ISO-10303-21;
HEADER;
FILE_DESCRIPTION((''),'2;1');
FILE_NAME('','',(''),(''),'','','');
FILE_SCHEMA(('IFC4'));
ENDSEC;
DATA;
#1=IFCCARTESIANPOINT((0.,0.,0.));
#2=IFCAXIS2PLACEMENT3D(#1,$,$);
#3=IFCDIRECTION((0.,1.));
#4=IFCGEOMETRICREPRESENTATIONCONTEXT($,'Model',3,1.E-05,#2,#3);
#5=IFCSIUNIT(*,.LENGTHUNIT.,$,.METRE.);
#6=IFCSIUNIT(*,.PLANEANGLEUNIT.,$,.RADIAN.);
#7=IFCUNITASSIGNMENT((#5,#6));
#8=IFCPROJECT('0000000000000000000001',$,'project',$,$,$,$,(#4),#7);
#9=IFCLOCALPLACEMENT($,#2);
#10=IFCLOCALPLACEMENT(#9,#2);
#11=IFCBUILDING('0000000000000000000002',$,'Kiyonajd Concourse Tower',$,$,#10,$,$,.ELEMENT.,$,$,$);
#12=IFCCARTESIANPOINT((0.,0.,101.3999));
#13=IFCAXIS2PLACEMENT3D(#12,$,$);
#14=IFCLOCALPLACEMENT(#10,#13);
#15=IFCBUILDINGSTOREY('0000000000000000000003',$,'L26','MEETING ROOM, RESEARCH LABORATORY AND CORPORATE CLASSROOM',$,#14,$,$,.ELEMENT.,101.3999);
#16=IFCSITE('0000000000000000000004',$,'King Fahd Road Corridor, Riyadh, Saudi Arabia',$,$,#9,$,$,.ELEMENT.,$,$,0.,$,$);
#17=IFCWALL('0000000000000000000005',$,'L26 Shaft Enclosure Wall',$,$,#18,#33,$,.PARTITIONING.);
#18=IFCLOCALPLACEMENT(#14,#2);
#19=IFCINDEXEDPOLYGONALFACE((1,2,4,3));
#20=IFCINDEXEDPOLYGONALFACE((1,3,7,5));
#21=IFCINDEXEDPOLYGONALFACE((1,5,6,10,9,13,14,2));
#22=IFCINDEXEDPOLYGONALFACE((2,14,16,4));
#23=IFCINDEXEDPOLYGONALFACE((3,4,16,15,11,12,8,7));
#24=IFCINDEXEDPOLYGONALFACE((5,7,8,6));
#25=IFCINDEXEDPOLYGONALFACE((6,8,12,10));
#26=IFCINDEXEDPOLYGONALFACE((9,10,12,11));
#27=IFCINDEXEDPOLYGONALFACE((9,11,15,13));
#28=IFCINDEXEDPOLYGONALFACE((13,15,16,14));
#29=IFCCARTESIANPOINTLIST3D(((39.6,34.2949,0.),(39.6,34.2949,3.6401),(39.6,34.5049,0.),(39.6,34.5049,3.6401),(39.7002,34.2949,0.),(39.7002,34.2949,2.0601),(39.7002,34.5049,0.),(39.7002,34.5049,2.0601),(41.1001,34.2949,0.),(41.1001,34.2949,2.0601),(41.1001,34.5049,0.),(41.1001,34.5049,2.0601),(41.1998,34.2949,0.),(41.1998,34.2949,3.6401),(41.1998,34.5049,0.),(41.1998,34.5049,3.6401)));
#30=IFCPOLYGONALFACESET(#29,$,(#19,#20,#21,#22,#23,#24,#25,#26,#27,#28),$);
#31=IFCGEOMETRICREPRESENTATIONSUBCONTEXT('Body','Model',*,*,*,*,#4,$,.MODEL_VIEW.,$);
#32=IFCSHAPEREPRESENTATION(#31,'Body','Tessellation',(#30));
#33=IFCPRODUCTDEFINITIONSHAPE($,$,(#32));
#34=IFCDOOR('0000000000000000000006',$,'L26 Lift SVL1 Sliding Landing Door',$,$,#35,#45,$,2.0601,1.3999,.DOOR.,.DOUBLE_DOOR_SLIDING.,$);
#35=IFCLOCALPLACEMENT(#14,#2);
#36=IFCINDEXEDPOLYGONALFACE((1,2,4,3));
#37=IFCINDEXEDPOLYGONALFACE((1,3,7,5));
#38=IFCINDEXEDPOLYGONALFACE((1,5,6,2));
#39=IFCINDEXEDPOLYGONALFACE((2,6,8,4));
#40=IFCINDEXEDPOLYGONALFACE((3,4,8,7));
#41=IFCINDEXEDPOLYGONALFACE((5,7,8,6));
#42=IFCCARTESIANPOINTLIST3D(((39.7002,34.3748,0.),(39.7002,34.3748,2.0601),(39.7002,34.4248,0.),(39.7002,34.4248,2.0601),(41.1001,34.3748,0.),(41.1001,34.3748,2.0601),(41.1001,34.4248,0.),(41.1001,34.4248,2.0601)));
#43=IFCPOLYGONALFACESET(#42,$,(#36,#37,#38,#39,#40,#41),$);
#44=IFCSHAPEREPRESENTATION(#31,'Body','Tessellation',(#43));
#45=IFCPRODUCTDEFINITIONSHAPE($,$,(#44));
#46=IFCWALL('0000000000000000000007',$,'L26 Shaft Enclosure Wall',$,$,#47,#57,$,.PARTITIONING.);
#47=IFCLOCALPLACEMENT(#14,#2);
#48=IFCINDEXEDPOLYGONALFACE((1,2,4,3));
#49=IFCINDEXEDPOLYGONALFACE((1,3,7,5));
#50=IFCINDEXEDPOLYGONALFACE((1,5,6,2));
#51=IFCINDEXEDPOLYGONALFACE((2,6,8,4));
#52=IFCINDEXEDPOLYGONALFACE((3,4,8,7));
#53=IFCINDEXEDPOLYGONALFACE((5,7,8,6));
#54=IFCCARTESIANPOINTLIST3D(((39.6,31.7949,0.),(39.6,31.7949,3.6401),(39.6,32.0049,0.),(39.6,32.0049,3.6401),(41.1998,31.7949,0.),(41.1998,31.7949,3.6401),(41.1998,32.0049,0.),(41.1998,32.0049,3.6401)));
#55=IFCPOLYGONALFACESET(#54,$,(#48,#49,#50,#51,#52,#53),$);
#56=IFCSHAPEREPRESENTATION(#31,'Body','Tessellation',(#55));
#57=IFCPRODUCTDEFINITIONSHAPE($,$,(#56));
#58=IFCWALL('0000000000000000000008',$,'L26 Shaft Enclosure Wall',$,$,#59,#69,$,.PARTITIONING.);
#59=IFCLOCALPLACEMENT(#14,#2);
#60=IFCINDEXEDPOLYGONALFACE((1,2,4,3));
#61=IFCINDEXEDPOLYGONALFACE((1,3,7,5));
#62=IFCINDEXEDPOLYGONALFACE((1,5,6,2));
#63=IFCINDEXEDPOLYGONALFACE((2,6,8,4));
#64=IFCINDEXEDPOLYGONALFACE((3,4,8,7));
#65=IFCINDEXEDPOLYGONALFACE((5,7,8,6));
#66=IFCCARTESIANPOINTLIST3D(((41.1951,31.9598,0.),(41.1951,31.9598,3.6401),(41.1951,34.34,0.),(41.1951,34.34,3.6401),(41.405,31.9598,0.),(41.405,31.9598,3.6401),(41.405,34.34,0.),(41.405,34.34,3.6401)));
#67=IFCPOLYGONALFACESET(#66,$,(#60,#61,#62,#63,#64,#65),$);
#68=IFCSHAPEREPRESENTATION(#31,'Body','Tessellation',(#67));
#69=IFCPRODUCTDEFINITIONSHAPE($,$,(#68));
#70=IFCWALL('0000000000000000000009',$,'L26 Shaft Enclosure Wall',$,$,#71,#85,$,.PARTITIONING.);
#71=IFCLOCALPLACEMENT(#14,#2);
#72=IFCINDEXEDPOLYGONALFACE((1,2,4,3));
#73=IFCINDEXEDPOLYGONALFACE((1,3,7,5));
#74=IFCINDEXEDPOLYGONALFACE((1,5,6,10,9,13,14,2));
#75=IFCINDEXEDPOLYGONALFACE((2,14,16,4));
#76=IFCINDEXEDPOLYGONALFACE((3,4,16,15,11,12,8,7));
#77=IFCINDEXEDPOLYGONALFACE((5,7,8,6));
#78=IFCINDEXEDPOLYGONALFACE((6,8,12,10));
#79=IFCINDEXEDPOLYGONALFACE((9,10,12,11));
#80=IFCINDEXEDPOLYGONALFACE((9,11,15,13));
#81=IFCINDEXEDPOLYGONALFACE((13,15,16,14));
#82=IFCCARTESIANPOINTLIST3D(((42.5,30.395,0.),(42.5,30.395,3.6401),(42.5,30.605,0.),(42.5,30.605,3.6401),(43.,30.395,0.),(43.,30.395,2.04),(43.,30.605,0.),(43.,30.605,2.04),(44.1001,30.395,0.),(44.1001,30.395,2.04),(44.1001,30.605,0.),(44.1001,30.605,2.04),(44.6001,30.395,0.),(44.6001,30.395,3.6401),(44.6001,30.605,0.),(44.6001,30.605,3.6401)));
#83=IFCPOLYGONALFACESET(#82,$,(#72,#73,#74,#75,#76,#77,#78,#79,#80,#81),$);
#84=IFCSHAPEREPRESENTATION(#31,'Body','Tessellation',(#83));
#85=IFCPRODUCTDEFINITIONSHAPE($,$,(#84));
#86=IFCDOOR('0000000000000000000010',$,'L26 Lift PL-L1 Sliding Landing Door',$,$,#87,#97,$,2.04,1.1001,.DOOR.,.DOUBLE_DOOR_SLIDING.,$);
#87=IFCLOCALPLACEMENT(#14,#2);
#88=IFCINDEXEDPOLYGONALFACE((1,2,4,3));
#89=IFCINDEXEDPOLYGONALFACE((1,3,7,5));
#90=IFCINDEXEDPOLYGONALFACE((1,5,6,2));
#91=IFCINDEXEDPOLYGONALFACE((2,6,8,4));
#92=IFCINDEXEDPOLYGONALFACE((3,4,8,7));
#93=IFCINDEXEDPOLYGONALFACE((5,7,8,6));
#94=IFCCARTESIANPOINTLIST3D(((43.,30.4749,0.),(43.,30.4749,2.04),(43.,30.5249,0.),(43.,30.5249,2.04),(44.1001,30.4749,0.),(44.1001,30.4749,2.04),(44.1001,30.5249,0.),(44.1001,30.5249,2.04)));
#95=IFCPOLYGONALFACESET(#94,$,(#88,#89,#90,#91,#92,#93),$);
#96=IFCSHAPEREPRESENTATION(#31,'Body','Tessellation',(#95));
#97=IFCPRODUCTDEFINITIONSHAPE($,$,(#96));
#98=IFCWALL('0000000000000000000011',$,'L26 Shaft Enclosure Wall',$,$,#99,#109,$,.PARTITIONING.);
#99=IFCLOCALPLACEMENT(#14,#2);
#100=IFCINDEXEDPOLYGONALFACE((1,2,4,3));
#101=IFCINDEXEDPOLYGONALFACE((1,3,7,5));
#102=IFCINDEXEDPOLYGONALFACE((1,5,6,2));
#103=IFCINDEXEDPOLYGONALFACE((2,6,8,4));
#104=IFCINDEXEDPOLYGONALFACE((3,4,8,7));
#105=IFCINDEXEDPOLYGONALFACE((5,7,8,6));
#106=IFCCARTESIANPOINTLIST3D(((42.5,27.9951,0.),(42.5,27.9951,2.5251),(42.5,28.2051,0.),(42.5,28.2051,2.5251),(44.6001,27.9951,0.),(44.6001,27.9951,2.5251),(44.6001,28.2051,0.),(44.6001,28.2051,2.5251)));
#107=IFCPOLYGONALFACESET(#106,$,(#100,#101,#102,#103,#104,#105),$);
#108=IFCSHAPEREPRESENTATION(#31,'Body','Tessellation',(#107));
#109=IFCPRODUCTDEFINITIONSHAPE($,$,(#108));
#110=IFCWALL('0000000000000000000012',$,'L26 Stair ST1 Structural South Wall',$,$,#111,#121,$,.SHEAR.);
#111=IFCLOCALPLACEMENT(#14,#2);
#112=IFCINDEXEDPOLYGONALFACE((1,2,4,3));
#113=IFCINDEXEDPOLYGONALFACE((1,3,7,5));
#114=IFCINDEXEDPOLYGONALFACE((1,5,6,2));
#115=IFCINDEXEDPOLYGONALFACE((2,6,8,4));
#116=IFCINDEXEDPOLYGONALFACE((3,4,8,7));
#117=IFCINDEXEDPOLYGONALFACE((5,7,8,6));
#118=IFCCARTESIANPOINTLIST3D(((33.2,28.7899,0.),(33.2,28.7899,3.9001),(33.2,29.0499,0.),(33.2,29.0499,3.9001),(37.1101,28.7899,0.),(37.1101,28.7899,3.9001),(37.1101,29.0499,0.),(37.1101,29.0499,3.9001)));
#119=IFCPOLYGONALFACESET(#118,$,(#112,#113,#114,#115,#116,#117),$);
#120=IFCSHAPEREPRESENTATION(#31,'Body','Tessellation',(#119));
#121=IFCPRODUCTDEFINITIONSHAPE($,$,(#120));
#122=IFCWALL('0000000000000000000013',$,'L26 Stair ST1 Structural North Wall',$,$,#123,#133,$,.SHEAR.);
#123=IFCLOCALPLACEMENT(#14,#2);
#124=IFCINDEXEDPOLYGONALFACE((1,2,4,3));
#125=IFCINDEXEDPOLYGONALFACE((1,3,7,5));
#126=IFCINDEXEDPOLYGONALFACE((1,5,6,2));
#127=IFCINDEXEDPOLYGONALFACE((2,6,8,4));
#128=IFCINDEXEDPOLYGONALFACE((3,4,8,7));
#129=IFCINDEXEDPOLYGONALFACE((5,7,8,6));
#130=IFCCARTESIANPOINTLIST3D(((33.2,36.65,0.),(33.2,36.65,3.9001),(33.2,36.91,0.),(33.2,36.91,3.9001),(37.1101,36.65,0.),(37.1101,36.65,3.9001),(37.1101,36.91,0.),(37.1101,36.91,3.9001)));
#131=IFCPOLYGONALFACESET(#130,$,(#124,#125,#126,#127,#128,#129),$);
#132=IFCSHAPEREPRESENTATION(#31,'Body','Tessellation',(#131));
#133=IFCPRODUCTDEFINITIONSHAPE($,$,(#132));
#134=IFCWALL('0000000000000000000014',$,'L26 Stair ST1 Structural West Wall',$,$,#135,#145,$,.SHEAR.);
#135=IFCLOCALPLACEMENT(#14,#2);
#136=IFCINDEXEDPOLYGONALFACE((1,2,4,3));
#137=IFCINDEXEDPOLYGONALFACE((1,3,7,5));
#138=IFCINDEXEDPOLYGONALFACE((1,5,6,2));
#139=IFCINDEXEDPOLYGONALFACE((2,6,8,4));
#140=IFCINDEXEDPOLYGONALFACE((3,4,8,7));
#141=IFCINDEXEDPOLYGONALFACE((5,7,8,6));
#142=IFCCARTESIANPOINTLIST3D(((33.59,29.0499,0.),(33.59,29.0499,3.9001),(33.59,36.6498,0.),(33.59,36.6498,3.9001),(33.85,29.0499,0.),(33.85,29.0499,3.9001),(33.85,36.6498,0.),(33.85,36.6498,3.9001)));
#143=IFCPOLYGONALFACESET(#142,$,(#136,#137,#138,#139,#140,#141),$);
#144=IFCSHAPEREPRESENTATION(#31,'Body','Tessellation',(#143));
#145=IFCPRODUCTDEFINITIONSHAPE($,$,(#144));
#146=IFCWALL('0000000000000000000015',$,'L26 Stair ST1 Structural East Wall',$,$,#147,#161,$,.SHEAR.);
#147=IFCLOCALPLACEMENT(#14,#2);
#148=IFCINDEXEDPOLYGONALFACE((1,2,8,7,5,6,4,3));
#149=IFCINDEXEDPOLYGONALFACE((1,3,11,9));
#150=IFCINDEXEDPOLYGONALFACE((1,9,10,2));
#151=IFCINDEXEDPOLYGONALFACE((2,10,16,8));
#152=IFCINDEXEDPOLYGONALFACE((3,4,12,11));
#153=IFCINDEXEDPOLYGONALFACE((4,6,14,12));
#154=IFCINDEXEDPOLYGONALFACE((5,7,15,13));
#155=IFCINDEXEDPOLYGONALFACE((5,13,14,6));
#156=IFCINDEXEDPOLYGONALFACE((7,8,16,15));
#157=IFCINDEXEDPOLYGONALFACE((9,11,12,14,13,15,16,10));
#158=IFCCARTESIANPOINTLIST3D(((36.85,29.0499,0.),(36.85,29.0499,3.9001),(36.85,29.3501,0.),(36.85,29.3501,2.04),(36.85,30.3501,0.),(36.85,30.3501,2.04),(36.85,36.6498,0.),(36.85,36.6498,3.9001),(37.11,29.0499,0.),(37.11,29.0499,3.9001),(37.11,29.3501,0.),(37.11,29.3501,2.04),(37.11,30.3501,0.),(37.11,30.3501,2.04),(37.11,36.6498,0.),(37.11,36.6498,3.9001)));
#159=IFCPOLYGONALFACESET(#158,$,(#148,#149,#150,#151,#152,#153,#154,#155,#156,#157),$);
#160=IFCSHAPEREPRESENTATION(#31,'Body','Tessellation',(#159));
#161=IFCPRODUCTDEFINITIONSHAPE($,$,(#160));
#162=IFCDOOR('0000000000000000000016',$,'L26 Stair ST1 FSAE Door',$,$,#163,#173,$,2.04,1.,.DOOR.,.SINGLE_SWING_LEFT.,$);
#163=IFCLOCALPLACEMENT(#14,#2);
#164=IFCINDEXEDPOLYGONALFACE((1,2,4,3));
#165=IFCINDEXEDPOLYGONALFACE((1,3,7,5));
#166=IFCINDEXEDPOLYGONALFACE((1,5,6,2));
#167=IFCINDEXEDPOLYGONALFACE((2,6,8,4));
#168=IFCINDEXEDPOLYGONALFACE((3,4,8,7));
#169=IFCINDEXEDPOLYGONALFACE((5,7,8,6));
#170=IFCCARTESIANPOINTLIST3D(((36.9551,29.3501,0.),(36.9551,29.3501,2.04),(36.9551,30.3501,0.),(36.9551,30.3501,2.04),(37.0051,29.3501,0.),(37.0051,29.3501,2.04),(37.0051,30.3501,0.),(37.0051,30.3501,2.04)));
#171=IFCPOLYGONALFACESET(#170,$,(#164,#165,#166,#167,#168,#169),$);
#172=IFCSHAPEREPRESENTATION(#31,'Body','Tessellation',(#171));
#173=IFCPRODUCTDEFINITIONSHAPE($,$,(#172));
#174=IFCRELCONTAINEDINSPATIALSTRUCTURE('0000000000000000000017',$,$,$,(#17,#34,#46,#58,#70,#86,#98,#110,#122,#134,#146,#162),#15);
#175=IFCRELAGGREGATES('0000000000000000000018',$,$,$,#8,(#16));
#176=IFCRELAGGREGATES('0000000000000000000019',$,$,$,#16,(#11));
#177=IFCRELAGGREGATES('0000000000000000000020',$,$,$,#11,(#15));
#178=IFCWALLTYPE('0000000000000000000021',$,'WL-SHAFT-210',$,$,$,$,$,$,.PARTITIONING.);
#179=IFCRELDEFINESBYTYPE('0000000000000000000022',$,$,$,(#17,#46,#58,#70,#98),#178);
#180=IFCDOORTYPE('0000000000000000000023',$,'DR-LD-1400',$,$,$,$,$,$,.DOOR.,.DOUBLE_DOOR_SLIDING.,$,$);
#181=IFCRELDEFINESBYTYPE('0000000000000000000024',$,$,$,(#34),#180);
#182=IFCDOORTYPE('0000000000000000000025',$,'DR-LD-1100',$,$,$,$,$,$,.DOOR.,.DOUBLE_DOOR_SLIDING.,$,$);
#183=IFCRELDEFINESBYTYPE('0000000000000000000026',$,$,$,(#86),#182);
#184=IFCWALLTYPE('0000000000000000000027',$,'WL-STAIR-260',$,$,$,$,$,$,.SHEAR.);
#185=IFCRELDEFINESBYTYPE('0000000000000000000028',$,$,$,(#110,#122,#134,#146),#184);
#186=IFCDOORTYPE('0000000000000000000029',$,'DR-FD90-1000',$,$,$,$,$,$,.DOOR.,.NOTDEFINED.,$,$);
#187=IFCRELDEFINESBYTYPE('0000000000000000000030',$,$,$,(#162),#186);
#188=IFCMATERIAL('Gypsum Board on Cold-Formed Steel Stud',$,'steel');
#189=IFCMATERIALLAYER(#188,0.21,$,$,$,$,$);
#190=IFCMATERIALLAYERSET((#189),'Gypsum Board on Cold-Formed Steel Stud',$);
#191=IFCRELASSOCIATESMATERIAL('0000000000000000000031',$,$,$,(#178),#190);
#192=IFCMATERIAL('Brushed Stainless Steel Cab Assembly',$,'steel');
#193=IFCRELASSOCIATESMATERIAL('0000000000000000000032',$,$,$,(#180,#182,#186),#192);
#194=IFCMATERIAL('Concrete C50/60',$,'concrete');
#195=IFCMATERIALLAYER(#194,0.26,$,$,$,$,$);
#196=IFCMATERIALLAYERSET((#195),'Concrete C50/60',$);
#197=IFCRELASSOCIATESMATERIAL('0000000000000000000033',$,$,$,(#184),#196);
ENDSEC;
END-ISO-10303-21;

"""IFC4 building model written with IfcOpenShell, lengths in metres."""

from ifc_helpers import new_model, si_unit, direction, frame, frame_2d, origin, place, context, subcontext, project, spatial, rectangle, extrude, material, layer, layer_set, type_object, element, fill, save


model = new_model("IFC4")

# Units and contexts
model_context = context("Model", 3, precision=1e-05, world=origin(), true_north=direction((0.0, 1.0)))
body_context = subcontext(model_context, "Body", "Model", "MODEL_VIEW")
ifc_project = project(units=[si_unit("LENGTHUNIT", "METRE"), si_unit("PLANEANGLEUNIT", "RADIAN")], contexts=[model_context])

# Site, building, storey
site_placement = place(None, origin())
site = spatial("IfcSite", under=ifc_project, at=site_placement, Name="King Fahd Road Corridor, Riyadh, Saudi Arabia", CompositionType="ELEMENT", RefElevation=0.0)
building_placement = place(site_placement, origin())
building = spatial("IfcBuilding", under=site, at=building_placement, Name="Kiyonajd Concourse Tower", CompositionType="ELEMENT")
storey_placement = place(building_placement, frame((0.0, 0.0, 101.3999)))
storey = spatial("IfcBuildingStorey", under=building, at=storey_placement, Name="L26", Description="MEETING ROOM, RESEARCH LABORATORY AND CORPORATE CLASSROOM", CompositionType="ELEMENT", Elevation=101.3999)

# Shared definitions
ifc_material_1 = material(Name="Concrete C50/60", Category="concrete")

# Shared definitions
ifc_material_2 = material(Name="Brushed Stainless Steel Cab Assembly", Category="steel")
ifc_material_3 = material(Name="Gypsum Board on Cold-Formed Steel Stud", Category="steel")
ifc_layer_1 = layer(ifc_material_3, 0.21)
ifc_layer_set_1 = layer_set([ifc_layer_1], Name="Gypsum Board on Cold-Formed Steel Stud")
wall_type_1 = type_object("IfcWallType", Name="WL-SHAFT-210", PredefinedType="PARTITIONING", material=ifc_layer_set_1)

# Wall, opening, door
wall_1_placement = place(storey_placement, frame((39.6001, 34.3999, 0.0), z_axis=(0.0, 0.0, 1.0), x_axis=(1.0, 0.0, 0.0)))
wall_1 = element("IfcWall", 1, at=wall_1_placement, inside=storey, type_object=wall_type_1, Name="L26 Shaft Enclosure Wall", PredefinedType="PARTITIONING", context=body_context, shape_type="SweptSolid", body=[
    extrude(rectangle(XDim=1.5999, YDim=0.21, at=frame_2d((0.7998, 0.0))), origin(), (0.0, 0.0, 1.0), 3.6401),
])
opening_1_placement = place(wall_1_placement, frame((0.1001, 0.0, 0.0)))
opening_1 = element("IfcOpeningElement", 2, at=opening_1_placement, cuts=wall_1, PredefinedType="OPENING", context=body_context, shape_type="SweptSolid", body=[
    extrude(rectangle(XDim=1.3999, YDim=2.0601, at=frame_2d((0.7, 1.03))), frame((0.0, 0.115, 0.0), z_axis=(0.0, -1.0, 0.0), x_axis=(1.0, 0.0, 0.0)), (0.0, 0.0, 1.0), 0.23),
])
door_type_1 = type_object("IfcDoorType", Name="DR-LD-1400", OperationType="DOUBLE_DOOR_SLIDING", PredefinedType="DOOR", material=ifc_material_2)
door_1_placement = place(opening_1_placement, origin())
door_1 = element("IfcDoor", 3, at=door_1_placement, inside=storey, type_object=door_type_1, Name="L26 Lift SVL1 Sliding Landing Door", OperationType="DOUBLE_DOOR_SLIDING", OverallHeight=2.0601, OverallWidth=1.3999, PredefinedType="DOOR", context=body_context, shape_type="SweptSolid", body=[
    extrude(rectangle(XDim=1.3999, YDim=2.0601, at=frame_2d((0.7, 1.03))), frame((0.0, 0.0249, 0.0), z_axis=(0.0, -1.0, 0.0), x_axis=(1.0, 0.0, 0.0)), (0.0, 0.0, 1.0), 0.05),
])
fill(opening_1, door_1)

# Walls
wall_2_placement = place(storey_placement, frame((39.6001, 31.8999, 0.0), z_axis=(0.0, 0.0, 1.0), x_axis=(1.0, 0.0, 0.0)))
element("IfcWall", 4, at=wall_2_placement, inside=storey, type_object=wall_type_1, Name="L26 Shaft Enclosure Wall", PredefinedType="PARTITIONING", context=body_context, shape_type="SweptSolid", body=[
    extrude(rectangle(XDim=1.5999, YDim=0.21, at=frame_2d((0.7998, 0.0))), origin(), (0.0, 0.0, 1.0), 3.6401),
])
wall_3_placement = place(storey_placement, frame((41.3, 31.96, 0.0), z_axis=(0.0, 0.0, 1.0), x_axis=(0.0, 1.0, 0.0)))
element("IfcWall", 5, at=wall_3_placement, inside=storey, type_object=wall_type_1, Name="L26 Shaft Enclosure Wall", PredefinedType="PARTITIONING", context=body_context, shape_type="SweptSolid", body=[
    extrude(rectangle(XDim=2.3801, YDim=0.21, at=frame_2d((1.1899, 0.0))), origin(), (0.0, 0.0, 1.0), 3.6401),
])

# Wall, opening, door
wall_4_placement = place(storey_placement, frame((42.5, 30.5, 0.0), z_axis=(0.0, 0.0, 1.0), x_axis=(1.0, 0.0, 0.0)))
wall_4 = element("IfcWall", 6, at=wall_4_placement, inside=storey, type_object=wall_type_1, Name="L26 Shaft Enclosure Wall", PredefinedType="PARTITIONING", context=body_context, shape_type="SweptSolid", body=[
    extrude(rectangle(XDim=2.1001, YDim=0.21, at=frame_2d((1.05, 0.0))), origin(), (0.0, 0.0, 1.0), 3.6401),
])
opening_2_placement = place(wall_4_placement, frame((0.5, 0.0, 0.0)))
opening_2 = element("IfcOpeningElement", 7, at=opening_2_placement, cuts=wall_4, PredefinedType="OPENING", context=body_context, shape_type="SweptSolid", body=[
    extrude(rectangle(XDim=1.1001, YDim=2.04, at=frame_2d((0.55, 1.02))), frame((0.0, 0.115, 0.0), z_axis=(0.0, -1.0, 0.0), x_axis=(1.0, 0.0, 0.0)), (0.0, 0.0, 1.0), 0.23),
])
door_type_2 = type_object("IfcDoorType", Name="DR-LD-1100", OperationType="DOUBLE_DOOR_SLIDING", PredefinedType="DOOR", material=ifc_material_2)
door_2_placement = place(opening_2_placement, origin())
door_2 = element("IfcDoor", 8, at=door_2_placement, inside=storey, type_object=door_type_2, Name="L26 Lift PL-L1 Sliding Landing Door", OperationType="DOUBLE_DOOR_SLIDING", OverallHeight=2.04, OverallWidth=1.1001, PredefinedType="DOOR", context=body_context, shape_type="SweptSolid", body=[
    extrude(rectangle(XDim=1.1001, YDim=2.04, at=frame_2d((0.55, 1.02))), frame((0.0, 0.0249, 0.0), z_axis=(0.0, -1.0, 0.0), x_axis=(1.0, 0.0, 0.0)), (0.0, 0.0, 1.0), 0.05),
])
fill(opening_2, door_2)

# Walls
wall_5_placement = place(storey_placement, frame((42.5, 28.1001, 0.0), z_axis=(0.0, 0.0, 1.0), x_axis=(1.0, 0.0, 0.0)))
element("IfcWall", 9, at=wall_5_placement, inside=storey, type_object=wall_type_1, Name="L26 Shaft Enclosure Wall", PredefinedType="PARTITIONING", context=body_context, shape_type="SweptSolid", body=[
    extrude(rectangle(XDim=2.1001, YDim=0.21, at=frame_2d((1.05, 0.0))), origin(), (0.0, 0.0, 1.0), 2.5251),
])
ifc_layer_2 = layer(ifc_material_1, 0.26)
ifc_layer_set_2 = layer_set([ifc_layer_2], Name="Concrete C50/60")
wall_type_2 = type_object("IfcWallType", Name="WL-STAIR-260", PredefinedType="SHEAR", material=ifc_layer_set_2)
for number, where, z_axis, x_axis, name in (
    (10, (33.2, 28.9199, 0.0), (0.0, 0.0, 1.0), (1.0, 0.0, 0.0), "L26 Stair ST1 Structural South Wall"),
    (11, (33.2, 36.78, 0.0), (0.0, 0.0, 1.0), (1.0, 0.0, 0.0), "L26 Stair ST1 Structural North Wall"),
):
    element("IfcWall", number, at=place(storey_placement, frame(where, z_axis=z_axis, x_axis=x_axis)), inside=storey, type_object=wall_type_2, Name=name, PredefinedType="SHEAR", context=body_context, shape_type="SweptSolid", body=[
        extrude(rectangle(XDim=3.9102, YDim=0.26, at=frame_2d((1.9551, 0.0))), origin(), (0.0, 0.0, 1.0), 3.9001),
    ])
wall_6_placement = place(storey_placement, frame((33.72, 29.05, 0.0), z_axis=(0.0, 0.0, 1.0), x_axis=(0.0, 1.0, 0.0)))
element("IfcWall", 12, at=wall_6_placement, inside=storey, type_object=wall_type_2, Name="L26 Stair ST1 Structural West Wall", PredefinedType="SHEAR", context=body_context, shape_type="SweptSolid", body=[
    extrude(rectangle(XDim=7.5999, YDim=0.26, at=frame_2d((3.7998, 0.0))), origin(), (0.0, 0.0, 1.0), 3.9001),
])

# Wall, opening, door
wall_7_placement = place(storey_placement, frame((36.98, 29.05, 0.0), z_axis=(0.0, 0.0, 1.0), x_axis=(0.0, 1.0, 0.0)))
wall_7 = element("IfcWall", 13, at=wall_7_placement, inside=storey, type_object=wall_type_2, Name="L26 Stair ST1 Structural East Wall", PredefinedType="SHEAR", context=body_context, shape_type="SweptSolid", body=[
    extrude(rectangle(XDim=7.5999, YDim=0.26, at=frame_2d((3.7998, 0.0))), origin(), (0.0, 0.0, 1.0), 3.9001),
])
opening_3_placement = place(wall_7_placement, frame((0.3, 0.0, 0.0)))
opening_3 = element("IfcOpeningElement", 14, at=opening_3_placement, cuts=wall_7, PredefinedType="OPENING", context=body_context, shape_type="SweptSolid", body=[
    extrude(rectangle(XDim=1.0, YDim=2.04, at=frame_2d((0.5, 1.02))), frame((0.0, 0.1399, 0.0), z_axis=(0.0, -1.0, 0.0), x_axis=(1.0, 0.0, 0.0)), (0.0, 0.0, 1.0), 0.28),
])
door_type_3 = type_object("IfcDoorType", Name="DR-FD90-1000", OperationType="NOTDEFINED", PredefinedType="DOOR", material=ifc_material_2)
door_3_placement = place(opening_3_placement, origin())
door_3 = element("IfcDoor", 15, at=door_3_placement, inside=storey, type_object=door_type_3, Name="L26 Stair ST1 FSAE Door", OperationType="SINGLE_SWING_LEFT", OverallHeight=2.04, OverallWidth=1.0, PredefinedType="DOOR", context=body_context, shape_type="SweptSolid", body=[
    extrude(rectangle(XDim=1.0, YDim=2.04, at=frame_2d((0.5, 1.02))), frame((0.0, 0.0249, 0.0), z_axis=(0.0, -1.0, 0.0), x_axis=(1.0, 0.0, 0.0)), (0.0, 0.0, 1.0), 0.05),
])
fill(opening_3, door_3)

save(model, "model.ifc")
